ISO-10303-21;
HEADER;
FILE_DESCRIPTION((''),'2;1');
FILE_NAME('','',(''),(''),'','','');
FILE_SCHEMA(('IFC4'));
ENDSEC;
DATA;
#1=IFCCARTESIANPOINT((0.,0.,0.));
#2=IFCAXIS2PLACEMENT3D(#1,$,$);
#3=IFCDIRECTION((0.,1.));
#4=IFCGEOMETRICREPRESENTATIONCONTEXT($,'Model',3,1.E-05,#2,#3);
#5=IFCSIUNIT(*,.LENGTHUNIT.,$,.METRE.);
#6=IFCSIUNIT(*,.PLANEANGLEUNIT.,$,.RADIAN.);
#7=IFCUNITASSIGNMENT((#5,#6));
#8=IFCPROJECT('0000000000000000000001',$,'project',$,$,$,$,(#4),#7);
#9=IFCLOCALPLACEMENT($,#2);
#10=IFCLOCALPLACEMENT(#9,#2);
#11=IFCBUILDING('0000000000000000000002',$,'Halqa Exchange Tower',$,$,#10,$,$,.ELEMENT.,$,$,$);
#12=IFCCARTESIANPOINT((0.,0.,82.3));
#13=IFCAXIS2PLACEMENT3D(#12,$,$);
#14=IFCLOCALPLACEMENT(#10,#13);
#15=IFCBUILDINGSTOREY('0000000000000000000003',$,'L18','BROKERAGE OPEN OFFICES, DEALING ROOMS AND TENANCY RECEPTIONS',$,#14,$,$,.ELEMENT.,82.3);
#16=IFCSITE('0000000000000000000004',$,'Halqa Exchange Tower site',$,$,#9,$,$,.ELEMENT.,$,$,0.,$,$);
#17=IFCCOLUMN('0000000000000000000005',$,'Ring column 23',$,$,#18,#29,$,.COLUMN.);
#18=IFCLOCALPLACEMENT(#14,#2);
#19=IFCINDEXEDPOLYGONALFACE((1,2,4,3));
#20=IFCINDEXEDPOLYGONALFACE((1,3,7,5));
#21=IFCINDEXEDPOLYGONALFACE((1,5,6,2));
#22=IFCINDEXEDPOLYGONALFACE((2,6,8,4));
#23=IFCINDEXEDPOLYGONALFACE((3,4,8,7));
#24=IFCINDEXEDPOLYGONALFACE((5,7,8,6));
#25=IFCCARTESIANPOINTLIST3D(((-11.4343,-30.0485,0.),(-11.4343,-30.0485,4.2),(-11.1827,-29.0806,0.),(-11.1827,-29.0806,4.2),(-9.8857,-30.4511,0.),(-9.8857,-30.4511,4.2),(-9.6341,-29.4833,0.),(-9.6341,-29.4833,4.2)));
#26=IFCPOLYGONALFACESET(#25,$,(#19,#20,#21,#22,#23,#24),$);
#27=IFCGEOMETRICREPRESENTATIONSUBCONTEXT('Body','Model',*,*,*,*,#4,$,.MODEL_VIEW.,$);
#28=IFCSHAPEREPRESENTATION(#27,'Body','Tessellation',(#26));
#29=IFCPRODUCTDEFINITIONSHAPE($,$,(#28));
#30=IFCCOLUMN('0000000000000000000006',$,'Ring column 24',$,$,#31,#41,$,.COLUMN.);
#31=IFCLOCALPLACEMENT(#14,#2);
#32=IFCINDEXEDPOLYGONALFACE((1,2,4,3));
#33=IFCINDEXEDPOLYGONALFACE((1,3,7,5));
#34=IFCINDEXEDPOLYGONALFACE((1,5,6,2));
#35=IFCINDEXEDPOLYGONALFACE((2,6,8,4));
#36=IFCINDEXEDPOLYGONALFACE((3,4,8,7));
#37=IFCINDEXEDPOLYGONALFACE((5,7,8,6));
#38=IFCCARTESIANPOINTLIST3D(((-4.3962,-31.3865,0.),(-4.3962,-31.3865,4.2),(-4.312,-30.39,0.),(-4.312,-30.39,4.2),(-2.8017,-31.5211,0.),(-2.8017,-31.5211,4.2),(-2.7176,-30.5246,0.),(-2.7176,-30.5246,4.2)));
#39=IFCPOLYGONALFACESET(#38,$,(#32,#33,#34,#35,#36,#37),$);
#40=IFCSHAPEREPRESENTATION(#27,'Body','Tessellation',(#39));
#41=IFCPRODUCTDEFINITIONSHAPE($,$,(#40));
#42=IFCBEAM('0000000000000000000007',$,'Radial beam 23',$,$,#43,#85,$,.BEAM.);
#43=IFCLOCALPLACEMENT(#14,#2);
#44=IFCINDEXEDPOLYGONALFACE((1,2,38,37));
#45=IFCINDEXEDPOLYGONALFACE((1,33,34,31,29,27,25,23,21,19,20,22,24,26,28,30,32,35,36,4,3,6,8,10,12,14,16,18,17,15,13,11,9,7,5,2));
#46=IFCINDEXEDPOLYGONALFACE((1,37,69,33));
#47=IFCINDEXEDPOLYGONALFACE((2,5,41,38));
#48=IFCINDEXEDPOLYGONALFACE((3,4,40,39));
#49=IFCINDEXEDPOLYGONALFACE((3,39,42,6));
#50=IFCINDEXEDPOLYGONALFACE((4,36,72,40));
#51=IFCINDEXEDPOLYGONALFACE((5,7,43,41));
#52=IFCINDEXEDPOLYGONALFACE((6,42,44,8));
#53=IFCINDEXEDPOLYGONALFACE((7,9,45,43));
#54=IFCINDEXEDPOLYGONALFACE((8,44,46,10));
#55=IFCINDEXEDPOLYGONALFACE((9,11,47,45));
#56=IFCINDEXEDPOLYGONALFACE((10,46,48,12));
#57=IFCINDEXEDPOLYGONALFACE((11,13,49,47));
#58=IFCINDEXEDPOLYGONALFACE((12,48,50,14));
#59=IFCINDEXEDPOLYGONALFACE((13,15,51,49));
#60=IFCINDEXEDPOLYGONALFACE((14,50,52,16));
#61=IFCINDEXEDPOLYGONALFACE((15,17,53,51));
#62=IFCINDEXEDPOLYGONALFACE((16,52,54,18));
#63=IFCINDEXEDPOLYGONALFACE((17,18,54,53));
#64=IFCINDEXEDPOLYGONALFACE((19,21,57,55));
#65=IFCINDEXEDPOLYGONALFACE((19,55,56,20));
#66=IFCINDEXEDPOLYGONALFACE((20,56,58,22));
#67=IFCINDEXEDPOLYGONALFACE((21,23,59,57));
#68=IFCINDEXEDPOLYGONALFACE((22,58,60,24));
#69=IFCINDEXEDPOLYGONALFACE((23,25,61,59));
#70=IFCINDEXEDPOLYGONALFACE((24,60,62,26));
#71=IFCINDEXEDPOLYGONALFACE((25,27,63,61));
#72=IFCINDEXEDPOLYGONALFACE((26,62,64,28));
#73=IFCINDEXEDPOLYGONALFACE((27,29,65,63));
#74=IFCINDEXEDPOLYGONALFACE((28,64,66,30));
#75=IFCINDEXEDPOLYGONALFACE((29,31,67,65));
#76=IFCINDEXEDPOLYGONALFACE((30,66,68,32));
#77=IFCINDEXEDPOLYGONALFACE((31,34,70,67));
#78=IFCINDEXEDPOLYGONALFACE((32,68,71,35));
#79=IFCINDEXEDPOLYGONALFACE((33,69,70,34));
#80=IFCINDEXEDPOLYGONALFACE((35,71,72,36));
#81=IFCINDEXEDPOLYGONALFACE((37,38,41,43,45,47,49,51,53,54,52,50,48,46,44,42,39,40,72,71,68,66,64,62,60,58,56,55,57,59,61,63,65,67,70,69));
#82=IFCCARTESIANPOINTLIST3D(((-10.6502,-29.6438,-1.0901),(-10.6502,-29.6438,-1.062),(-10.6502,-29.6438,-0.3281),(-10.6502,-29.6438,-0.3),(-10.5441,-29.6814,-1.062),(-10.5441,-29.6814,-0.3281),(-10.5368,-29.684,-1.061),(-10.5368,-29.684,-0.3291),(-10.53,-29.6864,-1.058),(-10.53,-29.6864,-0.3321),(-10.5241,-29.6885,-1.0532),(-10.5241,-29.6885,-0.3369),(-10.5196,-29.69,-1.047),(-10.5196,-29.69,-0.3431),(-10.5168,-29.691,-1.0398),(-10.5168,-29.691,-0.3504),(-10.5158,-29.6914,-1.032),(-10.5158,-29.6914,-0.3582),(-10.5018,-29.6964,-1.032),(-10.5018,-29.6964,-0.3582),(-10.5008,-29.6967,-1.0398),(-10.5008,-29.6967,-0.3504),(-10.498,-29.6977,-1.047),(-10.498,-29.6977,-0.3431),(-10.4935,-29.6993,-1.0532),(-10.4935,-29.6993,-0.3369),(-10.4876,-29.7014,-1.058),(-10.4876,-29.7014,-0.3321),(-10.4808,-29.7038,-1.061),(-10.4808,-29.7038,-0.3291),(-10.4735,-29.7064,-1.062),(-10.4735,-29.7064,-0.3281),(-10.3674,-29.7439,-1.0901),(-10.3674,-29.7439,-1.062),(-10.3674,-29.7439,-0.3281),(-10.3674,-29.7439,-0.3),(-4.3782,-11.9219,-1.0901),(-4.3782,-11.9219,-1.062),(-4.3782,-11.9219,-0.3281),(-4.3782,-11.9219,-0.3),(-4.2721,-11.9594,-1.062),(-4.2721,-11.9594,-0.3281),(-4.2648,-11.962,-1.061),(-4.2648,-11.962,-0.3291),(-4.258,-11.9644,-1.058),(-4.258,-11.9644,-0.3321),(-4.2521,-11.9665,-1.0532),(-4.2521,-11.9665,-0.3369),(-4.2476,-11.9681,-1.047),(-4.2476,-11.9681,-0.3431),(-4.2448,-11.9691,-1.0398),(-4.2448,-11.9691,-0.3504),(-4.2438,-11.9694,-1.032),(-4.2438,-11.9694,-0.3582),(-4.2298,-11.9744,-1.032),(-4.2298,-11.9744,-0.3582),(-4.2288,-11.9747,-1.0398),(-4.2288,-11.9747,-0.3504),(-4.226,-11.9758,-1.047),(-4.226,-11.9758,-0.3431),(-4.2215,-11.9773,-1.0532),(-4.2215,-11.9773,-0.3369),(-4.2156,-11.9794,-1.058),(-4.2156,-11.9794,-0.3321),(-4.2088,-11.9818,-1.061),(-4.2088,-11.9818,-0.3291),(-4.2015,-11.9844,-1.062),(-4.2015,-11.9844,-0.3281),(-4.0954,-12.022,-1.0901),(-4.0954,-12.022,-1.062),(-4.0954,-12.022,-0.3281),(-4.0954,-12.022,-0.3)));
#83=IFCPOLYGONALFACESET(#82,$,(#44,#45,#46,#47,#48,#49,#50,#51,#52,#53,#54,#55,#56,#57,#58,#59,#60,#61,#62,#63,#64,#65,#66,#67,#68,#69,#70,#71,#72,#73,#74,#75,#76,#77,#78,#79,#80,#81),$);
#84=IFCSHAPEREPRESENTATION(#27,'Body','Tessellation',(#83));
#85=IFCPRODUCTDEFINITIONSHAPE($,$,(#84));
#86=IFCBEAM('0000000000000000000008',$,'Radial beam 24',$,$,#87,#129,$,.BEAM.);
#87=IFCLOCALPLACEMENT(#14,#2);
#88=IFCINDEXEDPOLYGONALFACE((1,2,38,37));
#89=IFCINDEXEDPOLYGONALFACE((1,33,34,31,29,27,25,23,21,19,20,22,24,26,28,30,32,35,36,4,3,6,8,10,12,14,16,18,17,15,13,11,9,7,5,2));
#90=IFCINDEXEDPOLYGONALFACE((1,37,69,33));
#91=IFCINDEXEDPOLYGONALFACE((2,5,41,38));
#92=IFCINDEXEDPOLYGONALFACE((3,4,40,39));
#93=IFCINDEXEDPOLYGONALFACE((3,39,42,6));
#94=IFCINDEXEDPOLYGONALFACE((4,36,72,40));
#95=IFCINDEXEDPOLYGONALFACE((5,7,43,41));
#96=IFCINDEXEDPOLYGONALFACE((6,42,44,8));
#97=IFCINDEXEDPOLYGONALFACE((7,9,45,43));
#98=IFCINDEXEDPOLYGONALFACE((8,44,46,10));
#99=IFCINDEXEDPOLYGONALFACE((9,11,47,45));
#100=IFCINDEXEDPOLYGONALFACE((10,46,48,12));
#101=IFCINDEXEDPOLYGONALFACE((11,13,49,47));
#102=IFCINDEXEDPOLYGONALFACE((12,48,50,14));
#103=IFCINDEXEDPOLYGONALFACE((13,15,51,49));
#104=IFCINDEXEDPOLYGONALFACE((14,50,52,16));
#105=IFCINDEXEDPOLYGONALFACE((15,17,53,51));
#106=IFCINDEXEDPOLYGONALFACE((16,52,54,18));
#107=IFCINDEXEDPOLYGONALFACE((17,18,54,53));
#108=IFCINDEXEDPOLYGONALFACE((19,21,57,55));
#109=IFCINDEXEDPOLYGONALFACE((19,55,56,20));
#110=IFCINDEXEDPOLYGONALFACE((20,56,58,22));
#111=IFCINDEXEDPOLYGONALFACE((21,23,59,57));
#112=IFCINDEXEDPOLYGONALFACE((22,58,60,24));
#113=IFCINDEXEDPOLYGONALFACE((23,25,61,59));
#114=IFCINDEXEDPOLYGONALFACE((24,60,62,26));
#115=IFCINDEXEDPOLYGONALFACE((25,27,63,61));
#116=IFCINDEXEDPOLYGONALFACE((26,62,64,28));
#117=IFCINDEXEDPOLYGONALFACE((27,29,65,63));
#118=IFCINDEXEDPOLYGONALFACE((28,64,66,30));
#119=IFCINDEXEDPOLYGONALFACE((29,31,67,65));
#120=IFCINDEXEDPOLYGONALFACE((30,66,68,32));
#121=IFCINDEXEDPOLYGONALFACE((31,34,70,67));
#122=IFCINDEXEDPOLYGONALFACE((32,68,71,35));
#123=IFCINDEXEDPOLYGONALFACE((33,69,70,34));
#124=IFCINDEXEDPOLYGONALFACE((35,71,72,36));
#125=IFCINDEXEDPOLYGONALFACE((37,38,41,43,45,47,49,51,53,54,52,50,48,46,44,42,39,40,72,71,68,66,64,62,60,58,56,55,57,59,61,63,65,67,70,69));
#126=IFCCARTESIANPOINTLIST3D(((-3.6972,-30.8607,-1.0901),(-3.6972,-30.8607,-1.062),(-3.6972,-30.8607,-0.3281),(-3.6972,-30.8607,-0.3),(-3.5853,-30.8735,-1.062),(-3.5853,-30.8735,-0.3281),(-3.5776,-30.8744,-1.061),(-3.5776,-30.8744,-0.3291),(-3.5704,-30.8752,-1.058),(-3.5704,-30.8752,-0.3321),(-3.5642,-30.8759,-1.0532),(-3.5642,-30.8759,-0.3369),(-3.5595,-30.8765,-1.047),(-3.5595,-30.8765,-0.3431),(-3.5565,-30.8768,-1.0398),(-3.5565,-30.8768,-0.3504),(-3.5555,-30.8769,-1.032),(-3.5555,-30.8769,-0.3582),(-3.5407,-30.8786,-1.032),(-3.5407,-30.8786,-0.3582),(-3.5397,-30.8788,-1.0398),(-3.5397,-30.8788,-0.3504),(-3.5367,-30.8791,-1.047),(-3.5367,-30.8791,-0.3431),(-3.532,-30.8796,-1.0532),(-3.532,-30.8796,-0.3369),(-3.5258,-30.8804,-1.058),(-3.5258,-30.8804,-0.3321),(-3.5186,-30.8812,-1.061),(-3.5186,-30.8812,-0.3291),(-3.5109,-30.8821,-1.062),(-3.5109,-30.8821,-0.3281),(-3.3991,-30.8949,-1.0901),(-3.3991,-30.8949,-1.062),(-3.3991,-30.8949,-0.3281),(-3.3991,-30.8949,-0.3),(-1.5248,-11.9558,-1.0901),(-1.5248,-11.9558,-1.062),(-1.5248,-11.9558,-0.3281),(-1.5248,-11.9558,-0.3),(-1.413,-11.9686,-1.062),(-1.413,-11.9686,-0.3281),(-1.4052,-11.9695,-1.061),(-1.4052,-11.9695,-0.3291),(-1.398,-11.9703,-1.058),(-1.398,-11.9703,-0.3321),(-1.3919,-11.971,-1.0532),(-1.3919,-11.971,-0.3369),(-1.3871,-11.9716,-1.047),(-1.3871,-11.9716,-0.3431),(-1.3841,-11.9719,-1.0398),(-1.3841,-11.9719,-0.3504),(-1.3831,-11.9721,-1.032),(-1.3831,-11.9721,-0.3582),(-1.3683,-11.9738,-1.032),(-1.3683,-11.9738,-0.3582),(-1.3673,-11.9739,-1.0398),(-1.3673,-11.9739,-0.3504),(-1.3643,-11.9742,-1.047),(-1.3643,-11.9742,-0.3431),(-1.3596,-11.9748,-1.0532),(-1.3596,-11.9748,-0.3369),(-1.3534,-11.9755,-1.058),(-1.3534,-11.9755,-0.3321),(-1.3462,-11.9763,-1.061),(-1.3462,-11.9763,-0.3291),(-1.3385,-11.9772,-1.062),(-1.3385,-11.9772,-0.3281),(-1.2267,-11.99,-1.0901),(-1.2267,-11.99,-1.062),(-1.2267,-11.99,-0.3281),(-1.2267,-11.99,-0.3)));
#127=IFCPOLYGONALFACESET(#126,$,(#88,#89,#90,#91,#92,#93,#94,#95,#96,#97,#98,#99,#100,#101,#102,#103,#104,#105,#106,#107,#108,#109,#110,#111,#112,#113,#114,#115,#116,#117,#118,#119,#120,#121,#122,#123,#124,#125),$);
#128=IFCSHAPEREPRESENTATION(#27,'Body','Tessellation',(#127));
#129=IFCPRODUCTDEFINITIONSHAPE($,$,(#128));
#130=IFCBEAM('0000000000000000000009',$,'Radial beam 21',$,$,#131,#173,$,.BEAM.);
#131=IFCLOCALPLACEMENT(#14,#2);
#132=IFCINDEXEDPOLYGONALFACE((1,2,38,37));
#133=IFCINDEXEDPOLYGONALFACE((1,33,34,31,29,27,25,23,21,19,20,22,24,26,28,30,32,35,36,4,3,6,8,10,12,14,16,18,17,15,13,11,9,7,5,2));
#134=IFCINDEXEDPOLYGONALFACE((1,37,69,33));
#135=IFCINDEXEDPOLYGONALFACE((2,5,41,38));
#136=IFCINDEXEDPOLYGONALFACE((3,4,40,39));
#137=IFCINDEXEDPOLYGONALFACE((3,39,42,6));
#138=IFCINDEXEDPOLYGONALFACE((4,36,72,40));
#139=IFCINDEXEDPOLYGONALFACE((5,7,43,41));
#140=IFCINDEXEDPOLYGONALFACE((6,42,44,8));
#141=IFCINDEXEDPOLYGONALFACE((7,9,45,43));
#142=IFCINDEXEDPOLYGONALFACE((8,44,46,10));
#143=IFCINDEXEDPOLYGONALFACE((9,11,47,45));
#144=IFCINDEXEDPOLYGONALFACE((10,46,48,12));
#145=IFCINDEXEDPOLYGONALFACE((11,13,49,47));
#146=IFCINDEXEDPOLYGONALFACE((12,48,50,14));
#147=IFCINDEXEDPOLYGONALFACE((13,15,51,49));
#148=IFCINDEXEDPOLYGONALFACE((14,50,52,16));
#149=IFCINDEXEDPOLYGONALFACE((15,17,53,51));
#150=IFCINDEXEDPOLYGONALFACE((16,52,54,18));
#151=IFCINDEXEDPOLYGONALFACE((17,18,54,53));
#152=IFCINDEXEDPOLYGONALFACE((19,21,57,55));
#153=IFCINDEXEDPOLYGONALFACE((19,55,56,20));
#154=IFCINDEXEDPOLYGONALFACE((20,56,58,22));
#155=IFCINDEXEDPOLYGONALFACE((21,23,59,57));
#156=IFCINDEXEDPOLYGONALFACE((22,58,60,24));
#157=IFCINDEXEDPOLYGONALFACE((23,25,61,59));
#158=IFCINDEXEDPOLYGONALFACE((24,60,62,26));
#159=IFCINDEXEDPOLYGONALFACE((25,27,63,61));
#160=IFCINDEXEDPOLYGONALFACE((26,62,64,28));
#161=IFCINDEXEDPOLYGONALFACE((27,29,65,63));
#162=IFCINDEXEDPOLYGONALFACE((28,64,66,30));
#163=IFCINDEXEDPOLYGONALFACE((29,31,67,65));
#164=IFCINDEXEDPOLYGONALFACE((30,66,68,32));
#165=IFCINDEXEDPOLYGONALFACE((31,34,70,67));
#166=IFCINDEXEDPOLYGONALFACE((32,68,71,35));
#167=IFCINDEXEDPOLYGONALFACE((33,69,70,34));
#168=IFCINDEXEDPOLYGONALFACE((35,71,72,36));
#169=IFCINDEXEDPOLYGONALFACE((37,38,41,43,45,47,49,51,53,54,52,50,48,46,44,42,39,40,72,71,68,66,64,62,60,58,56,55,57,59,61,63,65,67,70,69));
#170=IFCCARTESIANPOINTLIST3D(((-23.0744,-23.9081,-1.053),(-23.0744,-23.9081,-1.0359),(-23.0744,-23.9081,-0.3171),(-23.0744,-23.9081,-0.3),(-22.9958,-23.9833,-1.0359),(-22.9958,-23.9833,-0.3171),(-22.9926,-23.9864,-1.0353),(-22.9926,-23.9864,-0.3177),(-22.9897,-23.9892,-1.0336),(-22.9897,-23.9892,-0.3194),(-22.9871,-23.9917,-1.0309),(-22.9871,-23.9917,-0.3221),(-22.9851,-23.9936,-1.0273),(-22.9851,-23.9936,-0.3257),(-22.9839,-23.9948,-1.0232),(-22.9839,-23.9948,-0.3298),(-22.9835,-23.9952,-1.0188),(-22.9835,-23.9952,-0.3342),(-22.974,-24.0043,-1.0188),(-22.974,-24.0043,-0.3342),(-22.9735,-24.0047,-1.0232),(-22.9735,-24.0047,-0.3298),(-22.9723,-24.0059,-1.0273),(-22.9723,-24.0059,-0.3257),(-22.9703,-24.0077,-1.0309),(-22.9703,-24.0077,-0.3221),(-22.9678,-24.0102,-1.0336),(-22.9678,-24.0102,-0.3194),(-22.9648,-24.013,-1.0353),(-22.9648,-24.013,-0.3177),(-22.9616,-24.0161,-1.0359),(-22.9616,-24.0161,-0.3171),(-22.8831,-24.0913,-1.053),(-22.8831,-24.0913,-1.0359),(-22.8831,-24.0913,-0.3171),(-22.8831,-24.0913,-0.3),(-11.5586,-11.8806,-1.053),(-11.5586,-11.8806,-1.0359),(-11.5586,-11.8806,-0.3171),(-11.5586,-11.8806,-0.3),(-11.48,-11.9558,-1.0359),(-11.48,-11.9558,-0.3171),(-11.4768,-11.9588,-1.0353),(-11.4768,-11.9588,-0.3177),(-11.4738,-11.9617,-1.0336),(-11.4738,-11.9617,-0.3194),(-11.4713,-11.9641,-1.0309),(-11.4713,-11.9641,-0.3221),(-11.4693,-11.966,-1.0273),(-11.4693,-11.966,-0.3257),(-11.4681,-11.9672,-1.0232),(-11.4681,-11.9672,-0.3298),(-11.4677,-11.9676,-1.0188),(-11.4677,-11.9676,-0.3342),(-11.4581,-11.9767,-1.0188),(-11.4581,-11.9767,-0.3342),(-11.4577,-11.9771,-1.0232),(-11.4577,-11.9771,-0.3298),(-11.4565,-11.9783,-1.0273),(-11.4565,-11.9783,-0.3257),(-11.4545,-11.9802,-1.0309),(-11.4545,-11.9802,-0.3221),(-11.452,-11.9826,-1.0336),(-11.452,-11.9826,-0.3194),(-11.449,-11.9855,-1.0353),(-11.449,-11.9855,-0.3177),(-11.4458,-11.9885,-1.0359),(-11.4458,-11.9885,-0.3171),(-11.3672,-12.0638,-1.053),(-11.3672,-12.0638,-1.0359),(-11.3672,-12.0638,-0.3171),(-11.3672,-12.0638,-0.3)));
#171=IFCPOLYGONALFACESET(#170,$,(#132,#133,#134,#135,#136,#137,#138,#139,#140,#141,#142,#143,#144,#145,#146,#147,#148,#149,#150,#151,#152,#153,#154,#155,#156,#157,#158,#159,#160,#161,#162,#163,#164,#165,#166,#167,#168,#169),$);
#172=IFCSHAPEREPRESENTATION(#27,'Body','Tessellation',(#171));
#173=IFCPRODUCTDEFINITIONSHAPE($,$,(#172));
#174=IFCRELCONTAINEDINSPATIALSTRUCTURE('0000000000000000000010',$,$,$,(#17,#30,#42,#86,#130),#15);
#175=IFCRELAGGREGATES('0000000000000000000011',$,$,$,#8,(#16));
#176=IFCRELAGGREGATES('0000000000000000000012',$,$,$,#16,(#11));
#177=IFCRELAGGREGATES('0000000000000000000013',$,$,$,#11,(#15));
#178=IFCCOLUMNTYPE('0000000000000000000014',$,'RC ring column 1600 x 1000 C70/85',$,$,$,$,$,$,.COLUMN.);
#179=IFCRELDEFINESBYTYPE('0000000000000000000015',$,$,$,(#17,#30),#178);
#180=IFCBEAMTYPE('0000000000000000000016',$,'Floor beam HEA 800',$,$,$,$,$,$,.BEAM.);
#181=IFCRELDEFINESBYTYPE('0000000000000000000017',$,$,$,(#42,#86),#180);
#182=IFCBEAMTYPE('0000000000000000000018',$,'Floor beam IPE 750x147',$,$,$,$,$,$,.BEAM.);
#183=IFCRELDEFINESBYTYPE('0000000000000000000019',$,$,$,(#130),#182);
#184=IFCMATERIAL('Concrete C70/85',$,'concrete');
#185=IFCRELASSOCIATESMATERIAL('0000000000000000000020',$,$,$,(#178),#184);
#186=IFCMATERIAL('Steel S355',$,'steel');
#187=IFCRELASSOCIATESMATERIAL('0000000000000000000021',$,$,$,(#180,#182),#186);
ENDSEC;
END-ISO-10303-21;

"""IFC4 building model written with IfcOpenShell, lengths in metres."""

from ifc_helpers import new_model, si_unit, direction, frame, origin, origin_2d, place, context, subcontext, project, spatial, rectangle, i_section, extrude, material, material_profile, profile_set, type_object, element, save


model = new_model("IFC4")

# Units and contexts
model_context = context("Model", 3, precision=1e-05, world=origin(), true_north=direction((0.0, 1.0)))
body_context = subcontext(model_context, "Body", "Model", "MODEL_VIEW")
ifc_project = project(units=[si_unit("LENGTHUNIT", "METRE"), si_unit("PLANEANGLEUNIT", "RADIAN")], contexts=[model_context])

# Site, building, storey
site_placement = place(None, origin())
site = spatial("IfcSite", under=ifc_project, at=site_placement, Name="Halqa Exchange Tower site", CompositionType="ELEMENT", RefElevation=0.0)
building_placement = place(site_placement, origin())
building = spatial("IfcBuilding", under=site, at=building_placement, Name="Halqa Exchange Tower", CompositionType="ELEMENT")
storey_placement = place(building_placement, frame((0.0, 0.0, 82.3)))
storey = spatial("IfcBuildingStorey", under=building, at=storey_placement, Name="L18", Description="BROKERAGE OPEN OFFICES, DEALING ROOMS AND TENANCY RECEPTIONS", CompositionType="ELEMENT", Elevation=82.3)

# Columns
ifc_material_1 = material(Name="Concrete C70/85", Category="concrete")
ifc_material_profile_1 = material_profile(ifc_material_1, rectangle(XDim=1.6001, YDim=1.0, at=origin_2d()), Name="1600 x 1000")
ifc_profile_set_1 = profile_set([ifc_material_profile_1], Name="Concrete C70/85")
column_type = type_object("IfcColumnType", Name="RC ring column 1600 x 1000 C70/85", PredefinedType="COLUMN", material=ifc_profile_set_1)
for number, where, z_axis, x_axis, name in (
    (1, (-10.5342, -29.7659, 0.0), (0.0, 0.0, 1.0), (0.96782, -0.251644, 0.0), "Ring column 23"),
    (2, (-3.5569, -30.9556, 0.0), (0.0, 0.0, 1.0), (0.996456, -0.084121, 0.0), "Ring column 24"),
):
    element("IfcColumn", number, at=place(storey_placement, frame(where, z_axis=z_axis, x_axis=x_axis)), inside=storey, type_object=column_type, Name=name, PredefinedType="COLUMN", context=body_context, shape_type="SweptSolid", body=[
        extrude(rectangle(XDim=1.6001, YDim=1.0, at=origin_2d()), origin(), (0.0, 0.0, 1.0), 4.2),
    ])

# Beams
ifc_material_2 = material(Name="Steel S355", Category="steel")
ifc_material_profile_2 = material_profile(ifc_material_2, i_section(OverallWidth=0.3, OverallDepth=0.79, WebThickness=0.0149, FlangeThickness=0.0281, FilletRadius=0.03, at=origin_2d()), Name="HEA 800")
ifc_profile_set_2 = profile_set([ifc_material_profile_2], Name="Steel S355")
beam_type_1 = type_object("IfcBeamType", Name="Floor beam HEA 800", PredefinedType="BEAM", material=ifc_profile_set_2)
beam_1_placement = place(storey_placement, frame((-4.2368, -11.9719, -0.6951), z_axis=(-0.333632, -0.942703, 0.0), x_axis=(0.942703, -0.333632, 0.0)))
element("IfcBeam", 3, at=beam_1_placement, inside=storey, type_object=beam_type_1, Name="Radial beam 23", PredefinedType="BEAM", context=body_context, shape_type="SweptSolid", body=[
    extrude(i_section(OverallWidth=0.3, OverallDepth=0.79, WebThickness=0.0149, FlangeThickness=0.0281, FilletRadius=0.03, at=origin_2d()), origin(), (0.0, 0.0, 1.0), 18.7991),
])
beam_2_placement = place(storey_placement, frame((-1.3757, -11.9729, -0.6951), z_axis=(-0.11416, -0.993462, 0.0), x_axis=(0.993462, -0.11416, 0.0)))
element("IfcBeam", 4, at=beam_2_placement, inside=storey, type_object=beam_type_1, Name="Radial beam 24", PredefinedType="BEAM", context=body_context, shape_type="SweptSolid", body=[
    extrude(i_section(OverallWidth=0.3, OverallDepth=0.79, WebThickness=0.0149, FlangeThickness=0.0281, FilletRadius=0.03, at=origin_2d()), origin(), (0.0, 0.0, 1.0), 19.0293),
])
ifc_material_profile_3 = material_profile(ifc_material_2, i_section(OverallWidth=0.2649, OverallDepth=0.7529, WebThickness=0.0132, FlangeThickness=0.0171, FilletRadius=0.0171, at=origin_2d()), Name="IPE 750x147")
ifc_profile_set_3 = profile_set([ifc_material_profile_3], Name="Steel S355")
beam_type_2 = type_object("IfcBeamType", Name="Floor beam IPE 750x147", PredefinedType="BEAM", material=ifc_profile_set_3)
beam_3_placement = place(storey_placement, frame((-11.4629, -11.9722, -0.6765), z_axis=(-0.691574, -0.722305, 0.0), x_axis=(0.722305, -0.691574, 0.0)))
element("IfcBeam", 5, at=beam_3_placement, inside=storey, type_object=beam_type_2, Name="Radial beam 21", PredefinedType="BEAM", context=body_context, shape_type="SweptSolid", body=[
    extrude(i_section(OverallWidth=0.2649, OverallDepth=0.7529, WebThickness=0.0132, FlangeThickness=0.0171, FilletRadius=0.0171, at=origin_2d()), origin(), (0.0, 0.0, 1.0), 16.6516),
])

save(model, "model.ifc")
